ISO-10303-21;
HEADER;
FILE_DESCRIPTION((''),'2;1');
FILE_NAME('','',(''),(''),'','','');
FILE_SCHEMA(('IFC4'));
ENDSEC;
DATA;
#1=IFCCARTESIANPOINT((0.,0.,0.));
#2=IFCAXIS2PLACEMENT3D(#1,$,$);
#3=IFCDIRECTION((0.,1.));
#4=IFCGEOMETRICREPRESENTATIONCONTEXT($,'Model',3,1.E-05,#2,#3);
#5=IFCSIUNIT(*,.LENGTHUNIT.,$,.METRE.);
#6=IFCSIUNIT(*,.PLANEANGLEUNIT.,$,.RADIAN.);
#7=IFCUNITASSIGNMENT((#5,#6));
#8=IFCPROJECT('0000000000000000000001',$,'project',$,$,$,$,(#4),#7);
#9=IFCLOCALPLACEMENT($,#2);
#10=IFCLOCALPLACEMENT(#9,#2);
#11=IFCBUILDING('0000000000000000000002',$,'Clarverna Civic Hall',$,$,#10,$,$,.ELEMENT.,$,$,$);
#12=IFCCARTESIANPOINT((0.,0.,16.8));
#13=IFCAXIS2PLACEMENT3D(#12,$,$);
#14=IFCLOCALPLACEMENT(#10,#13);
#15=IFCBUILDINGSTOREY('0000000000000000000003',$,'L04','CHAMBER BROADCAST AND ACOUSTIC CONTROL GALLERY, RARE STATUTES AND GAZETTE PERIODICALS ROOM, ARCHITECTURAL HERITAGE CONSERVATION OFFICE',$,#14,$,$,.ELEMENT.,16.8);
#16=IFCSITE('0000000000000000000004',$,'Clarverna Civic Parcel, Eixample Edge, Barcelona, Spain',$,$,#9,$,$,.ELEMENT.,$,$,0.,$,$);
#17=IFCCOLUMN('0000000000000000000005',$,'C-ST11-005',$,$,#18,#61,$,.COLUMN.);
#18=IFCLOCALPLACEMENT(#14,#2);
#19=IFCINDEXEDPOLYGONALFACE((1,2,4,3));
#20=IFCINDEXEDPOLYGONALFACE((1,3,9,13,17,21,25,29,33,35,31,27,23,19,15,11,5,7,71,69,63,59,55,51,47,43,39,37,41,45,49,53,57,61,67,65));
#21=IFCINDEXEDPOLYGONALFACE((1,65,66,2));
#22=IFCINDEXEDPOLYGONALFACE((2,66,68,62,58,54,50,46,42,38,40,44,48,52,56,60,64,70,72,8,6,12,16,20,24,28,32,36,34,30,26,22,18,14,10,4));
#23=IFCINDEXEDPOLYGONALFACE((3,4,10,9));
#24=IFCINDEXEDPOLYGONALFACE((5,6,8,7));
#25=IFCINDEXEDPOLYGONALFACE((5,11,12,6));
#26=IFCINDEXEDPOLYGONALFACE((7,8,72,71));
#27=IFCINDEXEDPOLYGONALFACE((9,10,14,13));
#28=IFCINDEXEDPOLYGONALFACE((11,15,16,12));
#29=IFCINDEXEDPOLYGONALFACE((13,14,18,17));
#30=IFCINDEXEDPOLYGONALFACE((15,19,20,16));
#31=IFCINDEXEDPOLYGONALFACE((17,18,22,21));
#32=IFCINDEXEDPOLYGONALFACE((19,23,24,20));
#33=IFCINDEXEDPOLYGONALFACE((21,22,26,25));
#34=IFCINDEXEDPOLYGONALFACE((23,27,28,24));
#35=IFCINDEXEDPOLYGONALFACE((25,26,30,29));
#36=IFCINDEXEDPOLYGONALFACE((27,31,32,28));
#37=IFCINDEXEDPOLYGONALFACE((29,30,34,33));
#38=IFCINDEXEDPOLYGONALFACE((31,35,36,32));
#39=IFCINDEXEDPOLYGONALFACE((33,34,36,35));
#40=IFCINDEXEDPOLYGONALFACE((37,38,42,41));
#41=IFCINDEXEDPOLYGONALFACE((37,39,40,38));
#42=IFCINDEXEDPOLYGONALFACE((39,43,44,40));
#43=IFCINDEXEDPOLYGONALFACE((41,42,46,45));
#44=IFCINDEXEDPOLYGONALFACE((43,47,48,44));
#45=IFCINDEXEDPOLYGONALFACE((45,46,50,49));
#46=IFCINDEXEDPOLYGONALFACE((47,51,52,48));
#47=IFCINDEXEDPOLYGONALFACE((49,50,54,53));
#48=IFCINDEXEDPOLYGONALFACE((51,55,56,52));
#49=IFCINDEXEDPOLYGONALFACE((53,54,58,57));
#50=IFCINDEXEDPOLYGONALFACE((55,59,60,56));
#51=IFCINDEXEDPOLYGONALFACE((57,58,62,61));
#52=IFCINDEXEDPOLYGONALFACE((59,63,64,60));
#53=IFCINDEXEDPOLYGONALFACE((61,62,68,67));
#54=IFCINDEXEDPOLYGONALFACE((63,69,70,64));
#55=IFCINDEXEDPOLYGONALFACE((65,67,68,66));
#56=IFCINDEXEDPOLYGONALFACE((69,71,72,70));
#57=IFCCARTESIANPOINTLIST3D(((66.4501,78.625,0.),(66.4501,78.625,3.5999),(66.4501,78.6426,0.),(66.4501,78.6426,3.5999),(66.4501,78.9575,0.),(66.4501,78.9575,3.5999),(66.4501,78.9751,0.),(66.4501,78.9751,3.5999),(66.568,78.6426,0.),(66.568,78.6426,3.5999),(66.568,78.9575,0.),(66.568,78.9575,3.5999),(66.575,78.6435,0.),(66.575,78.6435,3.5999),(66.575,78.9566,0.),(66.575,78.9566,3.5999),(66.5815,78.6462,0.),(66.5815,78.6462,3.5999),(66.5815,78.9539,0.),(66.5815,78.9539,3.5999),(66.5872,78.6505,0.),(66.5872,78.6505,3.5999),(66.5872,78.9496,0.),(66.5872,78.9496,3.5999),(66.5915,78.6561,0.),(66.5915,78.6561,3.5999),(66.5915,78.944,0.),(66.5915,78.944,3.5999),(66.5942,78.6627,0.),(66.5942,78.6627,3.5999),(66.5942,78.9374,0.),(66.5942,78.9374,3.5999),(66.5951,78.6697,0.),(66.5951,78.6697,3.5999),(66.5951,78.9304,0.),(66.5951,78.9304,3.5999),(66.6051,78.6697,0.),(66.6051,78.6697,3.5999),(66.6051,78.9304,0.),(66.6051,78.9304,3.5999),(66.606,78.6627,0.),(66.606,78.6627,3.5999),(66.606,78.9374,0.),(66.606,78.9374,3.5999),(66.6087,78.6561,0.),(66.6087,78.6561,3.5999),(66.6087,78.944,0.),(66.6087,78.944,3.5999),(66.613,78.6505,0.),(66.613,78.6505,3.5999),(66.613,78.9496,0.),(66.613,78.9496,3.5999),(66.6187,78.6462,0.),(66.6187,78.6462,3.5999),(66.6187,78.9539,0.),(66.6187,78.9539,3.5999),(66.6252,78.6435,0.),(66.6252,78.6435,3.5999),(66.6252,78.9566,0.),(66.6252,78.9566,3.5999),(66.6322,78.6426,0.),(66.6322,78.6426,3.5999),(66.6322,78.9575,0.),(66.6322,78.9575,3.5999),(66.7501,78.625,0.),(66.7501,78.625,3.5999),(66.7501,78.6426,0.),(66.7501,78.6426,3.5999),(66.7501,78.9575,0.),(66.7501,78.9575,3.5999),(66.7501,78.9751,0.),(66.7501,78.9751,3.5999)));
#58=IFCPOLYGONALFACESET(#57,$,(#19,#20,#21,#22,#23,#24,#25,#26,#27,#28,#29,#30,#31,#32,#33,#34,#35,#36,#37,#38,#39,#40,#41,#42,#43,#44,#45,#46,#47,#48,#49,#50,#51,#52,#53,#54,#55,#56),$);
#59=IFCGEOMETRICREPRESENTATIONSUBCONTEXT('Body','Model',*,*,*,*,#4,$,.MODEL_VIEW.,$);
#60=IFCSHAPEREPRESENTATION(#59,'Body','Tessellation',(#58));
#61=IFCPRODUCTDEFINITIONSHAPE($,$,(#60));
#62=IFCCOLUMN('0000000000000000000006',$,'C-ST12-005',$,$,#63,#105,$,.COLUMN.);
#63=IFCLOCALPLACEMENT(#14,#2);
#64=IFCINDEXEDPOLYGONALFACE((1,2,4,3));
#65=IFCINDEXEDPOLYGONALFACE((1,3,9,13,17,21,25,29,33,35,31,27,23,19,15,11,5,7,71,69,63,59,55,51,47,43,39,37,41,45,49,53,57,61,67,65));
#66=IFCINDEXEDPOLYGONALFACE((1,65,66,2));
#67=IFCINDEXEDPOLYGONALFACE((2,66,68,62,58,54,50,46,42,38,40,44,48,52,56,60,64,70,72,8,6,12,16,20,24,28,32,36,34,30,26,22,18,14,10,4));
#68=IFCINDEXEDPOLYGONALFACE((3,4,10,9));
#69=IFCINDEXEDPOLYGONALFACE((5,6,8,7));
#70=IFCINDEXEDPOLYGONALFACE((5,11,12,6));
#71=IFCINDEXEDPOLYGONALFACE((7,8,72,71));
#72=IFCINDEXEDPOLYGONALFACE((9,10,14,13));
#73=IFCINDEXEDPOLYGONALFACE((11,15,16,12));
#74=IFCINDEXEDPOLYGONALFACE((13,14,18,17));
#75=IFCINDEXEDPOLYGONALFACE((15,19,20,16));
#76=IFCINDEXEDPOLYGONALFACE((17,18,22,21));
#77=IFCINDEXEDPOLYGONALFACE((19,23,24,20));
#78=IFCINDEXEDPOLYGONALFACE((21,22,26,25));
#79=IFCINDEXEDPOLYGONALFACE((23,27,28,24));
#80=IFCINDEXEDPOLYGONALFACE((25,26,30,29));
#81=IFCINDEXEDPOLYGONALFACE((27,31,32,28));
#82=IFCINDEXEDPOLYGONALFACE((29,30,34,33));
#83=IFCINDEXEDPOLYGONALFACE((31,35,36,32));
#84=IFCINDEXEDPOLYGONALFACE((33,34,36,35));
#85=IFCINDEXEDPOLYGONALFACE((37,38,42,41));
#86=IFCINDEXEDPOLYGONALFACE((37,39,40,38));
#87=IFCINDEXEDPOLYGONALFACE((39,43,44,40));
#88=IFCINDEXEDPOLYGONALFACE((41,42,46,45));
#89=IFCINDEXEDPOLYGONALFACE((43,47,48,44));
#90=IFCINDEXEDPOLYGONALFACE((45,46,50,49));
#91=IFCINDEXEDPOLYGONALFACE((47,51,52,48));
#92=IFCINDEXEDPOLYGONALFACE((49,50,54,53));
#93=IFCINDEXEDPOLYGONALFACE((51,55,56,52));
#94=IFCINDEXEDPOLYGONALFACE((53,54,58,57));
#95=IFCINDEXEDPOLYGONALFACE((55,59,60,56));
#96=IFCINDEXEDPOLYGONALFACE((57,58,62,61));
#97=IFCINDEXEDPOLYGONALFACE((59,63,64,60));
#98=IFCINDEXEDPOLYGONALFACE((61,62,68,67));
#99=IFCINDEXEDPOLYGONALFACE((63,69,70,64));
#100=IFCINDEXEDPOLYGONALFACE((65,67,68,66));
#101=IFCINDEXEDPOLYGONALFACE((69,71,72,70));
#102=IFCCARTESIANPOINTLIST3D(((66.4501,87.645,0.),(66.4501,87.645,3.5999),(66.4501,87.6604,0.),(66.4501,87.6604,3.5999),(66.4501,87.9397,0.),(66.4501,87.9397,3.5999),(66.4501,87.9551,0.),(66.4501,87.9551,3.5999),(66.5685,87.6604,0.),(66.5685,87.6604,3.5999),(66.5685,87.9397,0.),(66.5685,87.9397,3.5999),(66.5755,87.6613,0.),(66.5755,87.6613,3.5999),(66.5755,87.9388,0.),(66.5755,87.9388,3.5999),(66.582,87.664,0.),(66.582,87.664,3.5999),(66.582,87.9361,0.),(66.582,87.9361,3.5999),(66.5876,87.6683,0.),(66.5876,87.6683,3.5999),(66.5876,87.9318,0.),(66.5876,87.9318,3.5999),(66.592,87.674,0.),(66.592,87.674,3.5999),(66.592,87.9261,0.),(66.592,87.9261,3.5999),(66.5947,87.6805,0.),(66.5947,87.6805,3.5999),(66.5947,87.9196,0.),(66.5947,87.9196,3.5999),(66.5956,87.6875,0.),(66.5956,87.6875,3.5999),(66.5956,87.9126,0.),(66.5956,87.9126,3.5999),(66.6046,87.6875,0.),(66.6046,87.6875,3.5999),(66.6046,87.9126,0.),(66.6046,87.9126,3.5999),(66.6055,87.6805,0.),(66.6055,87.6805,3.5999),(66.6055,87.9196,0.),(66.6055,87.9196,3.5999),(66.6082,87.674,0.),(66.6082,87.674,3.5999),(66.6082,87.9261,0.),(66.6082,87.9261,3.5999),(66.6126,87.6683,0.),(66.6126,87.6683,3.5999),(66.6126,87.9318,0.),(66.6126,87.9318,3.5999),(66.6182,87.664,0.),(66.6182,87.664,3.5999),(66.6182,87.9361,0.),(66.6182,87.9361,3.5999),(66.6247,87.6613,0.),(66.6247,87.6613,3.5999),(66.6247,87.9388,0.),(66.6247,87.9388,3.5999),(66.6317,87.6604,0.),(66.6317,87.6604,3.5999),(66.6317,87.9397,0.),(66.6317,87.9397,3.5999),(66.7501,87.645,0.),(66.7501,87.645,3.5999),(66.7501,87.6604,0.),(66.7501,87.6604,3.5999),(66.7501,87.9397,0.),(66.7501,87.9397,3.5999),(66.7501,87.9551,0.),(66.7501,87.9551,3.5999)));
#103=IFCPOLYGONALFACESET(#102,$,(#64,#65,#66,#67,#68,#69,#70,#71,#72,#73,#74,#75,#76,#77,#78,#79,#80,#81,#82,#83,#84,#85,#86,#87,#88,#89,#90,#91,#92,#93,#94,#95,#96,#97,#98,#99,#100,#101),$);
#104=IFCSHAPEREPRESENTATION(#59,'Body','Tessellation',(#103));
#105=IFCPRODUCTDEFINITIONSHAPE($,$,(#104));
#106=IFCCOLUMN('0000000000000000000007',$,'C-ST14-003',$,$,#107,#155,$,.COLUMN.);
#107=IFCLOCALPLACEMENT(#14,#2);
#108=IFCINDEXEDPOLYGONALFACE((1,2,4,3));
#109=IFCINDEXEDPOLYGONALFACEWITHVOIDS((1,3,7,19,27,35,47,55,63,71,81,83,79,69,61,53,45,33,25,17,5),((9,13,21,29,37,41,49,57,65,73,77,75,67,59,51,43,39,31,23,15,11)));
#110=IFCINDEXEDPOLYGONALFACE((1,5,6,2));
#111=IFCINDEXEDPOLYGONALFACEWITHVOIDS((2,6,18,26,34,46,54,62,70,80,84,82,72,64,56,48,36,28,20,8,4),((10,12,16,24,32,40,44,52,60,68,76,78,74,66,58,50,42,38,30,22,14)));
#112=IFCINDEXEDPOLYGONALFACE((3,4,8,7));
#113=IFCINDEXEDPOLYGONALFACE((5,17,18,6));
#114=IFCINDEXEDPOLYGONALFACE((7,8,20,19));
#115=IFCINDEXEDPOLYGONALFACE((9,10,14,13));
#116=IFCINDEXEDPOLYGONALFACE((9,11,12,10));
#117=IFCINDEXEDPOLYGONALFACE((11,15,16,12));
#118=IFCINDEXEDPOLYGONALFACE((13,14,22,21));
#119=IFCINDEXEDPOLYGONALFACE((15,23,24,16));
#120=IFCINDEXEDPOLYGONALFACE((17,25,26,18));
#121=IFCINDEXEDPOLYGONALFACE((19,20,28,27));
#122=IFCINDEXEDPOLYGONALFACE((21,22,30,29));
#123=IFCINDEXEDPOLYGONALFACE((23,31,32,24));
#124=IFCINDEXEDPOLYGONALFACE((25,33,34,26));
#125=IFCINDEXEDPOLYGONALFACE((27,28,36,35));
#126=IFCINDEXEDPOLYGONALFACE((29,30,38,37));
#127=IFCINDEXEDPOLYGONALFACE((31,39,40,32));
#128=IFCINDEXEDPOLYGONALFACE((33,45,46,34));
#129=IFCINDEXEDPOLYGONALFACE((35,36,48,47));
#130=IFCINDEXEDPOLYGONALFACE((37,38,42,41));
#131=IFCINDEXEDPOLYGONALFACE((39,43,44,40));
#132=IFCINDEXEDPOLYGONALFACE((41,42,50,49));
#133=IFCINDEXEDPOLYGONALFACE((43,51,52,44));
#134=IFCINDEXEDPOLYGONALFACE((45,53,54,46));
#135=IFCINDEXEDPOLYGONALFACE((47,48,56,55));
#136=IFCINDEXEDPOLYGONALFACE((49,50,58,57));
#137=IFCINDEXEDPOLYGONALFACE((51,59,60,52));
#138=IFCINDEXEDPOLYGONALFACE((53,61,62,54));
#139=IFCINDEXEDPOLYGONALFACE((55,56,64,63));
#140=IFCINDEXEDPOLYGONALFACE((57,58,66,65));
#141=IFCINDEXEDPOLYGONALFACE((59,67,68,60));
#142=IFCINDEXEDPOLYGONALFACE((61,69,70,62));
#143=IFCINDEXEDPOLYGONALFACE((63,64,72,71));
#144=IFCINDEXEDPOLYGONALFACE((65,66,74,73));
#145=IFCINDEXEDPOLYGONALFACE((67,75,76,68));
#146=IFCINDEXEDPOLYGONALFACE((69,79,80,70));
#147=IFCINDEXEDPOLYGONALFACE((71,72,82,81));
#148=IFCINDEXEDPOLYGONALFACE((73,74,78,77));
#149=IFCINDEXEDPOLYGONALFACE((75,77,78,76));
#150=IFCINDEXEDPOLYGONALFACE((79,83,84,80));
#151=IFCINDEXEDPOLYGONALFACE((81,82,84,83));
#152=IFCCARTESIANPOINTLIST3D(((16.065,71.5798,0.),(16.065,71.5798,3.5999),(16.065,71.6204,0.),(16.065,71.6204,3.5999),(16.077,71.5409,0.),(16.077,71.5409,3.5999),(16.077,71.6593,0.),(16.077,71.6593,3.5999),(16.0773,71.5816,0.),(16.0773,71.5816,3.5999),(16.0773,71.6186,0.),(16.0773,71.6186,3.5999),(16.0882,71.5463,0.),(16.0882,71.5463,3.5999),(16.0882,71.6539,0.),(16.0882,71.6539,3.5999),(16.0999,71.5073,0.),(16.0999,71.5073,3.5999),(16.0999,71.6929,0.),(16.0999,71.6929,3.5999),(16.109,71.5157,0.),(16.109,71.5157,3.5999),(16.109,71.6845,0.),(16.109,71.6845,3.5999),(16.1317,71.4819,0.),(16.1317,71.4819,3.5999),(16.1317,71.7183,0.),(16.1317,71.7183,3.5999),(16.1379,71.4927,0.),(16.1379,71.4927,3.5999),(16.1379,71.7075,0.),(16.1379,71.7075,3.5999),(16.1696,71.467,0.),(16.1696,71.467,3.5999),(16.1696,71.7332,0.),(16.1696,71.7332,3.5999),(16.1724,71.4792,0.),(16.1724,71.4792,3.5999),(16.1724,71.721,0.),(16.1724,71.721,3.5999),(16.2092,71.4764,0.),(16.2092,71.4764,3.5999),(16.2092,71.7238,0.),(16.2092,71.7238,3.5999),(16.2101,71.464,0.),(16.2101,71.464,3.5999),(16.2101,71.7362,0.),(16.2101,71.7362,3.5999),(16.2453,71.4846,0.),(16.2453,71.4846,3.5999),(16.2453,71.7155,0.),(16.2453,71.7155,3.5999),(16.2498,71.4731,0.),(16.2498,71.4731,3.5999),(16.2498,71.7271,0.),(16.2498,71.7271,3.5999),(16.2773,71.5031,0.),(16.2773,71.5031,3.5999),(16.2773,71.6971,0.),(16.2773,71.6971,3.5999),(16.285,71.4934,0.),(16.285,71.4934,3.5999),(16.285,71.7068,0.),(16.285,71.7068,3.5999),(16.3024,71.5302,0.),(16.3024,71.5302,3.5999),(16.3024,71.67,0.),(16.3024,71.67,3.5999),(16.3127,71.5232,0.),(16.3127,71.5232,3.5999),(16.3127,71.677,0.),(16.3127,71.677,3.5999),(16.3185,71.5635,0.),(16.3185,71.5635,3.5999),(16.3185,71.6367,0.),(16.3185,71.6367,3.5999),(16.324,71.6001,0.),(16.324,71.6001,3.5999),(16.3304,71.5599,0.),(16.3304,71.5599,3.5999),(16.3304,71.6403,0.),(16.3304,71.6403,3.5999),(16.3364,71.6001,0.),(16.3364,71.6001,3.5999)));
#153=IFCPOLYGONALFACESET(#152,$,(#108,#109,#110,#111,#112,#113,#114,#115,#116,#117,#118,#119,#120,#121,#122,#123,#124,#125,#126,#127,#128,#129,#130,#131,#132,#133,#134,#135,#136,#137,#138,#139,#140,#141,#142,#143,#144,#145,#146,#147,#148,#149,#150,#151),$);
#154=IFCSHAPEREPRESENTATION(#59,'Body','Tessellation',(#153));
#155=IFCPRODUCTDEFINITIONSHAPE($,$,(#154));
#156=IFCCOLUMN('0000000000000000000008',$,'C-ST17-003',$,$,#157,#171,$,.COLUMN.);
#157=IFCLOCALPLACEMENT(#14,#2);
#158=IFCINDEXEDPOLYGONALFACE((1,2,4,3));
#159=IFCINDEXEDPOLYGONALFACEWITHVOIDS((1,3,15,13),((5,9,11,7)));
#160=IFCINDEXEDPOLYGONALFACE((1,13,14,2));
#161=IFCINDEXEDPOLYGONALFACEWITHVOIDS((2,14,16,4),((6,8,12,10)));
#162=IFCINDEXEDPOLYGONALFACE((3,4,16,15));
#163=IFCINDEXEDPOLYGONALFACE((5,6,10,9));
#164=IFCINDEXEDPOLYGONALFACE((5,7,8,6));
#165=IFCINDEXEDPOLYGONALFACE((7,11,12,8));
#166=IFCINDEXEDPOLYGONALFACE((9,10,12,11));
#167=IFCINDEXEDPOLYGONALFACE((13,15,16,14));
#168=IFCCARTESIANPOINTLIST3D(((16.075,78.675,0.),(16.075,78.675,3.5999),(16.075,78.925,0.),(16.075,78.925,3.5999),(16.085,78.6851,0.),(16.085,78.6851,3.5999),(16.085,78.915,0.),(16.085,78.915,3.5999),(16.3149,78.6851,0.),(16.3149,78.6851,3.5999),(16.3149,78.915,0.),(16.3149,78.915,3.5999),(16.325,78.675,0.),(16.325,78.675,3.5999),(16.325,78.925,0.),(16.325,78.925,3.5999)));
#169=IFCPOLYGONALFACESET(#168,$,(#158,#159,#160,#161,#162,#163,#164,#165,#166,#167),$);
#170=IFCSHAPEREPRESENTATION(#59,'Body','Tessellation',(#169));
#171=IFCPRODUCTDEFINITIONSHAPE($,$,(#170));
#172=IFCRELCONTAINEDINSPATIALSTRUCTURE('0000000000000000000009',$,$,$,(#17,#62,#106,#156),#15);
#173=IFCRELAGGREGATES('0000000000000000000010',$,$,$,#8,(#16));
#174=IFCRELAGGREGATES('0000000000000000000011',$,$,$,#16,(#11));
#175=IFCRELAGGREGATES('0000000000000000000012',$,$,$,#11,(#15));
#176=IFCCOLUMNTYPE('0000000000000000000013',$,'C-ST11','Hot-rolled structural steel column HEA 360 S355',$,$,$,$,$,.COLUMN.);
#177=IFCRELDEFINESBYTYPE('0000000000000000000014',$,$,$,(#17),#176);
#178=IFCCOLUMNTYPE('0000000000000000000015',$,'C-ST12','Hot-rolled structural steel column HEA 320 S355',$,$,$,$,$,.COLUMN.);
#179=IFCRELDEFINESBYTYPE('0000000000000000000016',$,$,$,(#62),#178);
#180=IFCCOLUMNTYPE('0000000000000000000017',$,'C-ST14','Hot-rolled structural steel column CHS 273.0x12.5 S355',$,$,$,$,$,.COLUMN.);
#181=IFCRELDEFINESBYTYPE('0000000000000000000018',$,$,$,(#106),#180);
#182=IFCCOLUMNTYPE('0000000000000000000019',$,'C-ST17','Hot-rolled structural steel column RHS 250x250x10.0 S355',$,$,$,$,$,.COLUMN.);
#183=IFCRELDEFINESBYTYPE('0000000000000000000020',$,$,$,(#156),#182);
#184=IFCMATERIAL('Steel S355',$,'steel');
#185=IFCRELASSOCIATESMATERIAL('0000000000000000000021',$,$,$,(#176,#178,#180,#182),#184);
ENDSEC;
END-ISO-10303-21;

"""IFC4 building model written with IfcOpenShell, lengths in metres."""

from ifc_helpers import new_model, si_unit, direction, frame, origin, origin_2d, place, context, subcontext, project, spatial, hollow_rectangle, hollow_circle, i_section, extrude, material, material_profile, profile_set, type_object, element, save


model = new_model("IFC4")

# Units and contexts
model_context = context("Model", 3, precision=1e-05, world=origin(), true_north=direction((0.0, 1.0)))
body_context = subcontext(model_context, "Body", "Model", "MODEL_VIEW")
ifc_project = project(units=[si_unit("LENGTHUNIT", "METRE"), si_unit("PLANEANGLEUNIT", "RADIAN")], contexts=[model_context])

# Site, building, storey
site_placement = place(None, origin())
site = spatial("IfcSite", under=ifc_project, at=site_placement, Name="Clarverna Civic Parcel, Eixample Edge, Barcelona, Spain", CompositionType="ELEMENT", RefElevation=0.0)
building_placement = place(site_placement, origin())
building = spatial("IfcBuilding", under=site, at=building_placement, Name="Clarverna Civic Hall", CompositionType="ELEMENT")
storey_placement = place(building_placement, frame((0.0, 0.0, 16.8)))
storey = spatial("IfcBuildingStorey", under=building, at=storey_placement, Name="L04", Description="CHAMBER BROADCAST AND ACOUSTIC CONTROL GALLERY, RARE STATUTES AND GAZETTE PERIODICALS ROOM, ARCHITECTURAL HERITAGE CONSERVATION OFFICE", CompositionType="ELEMENT", Elevation=16.8)

# Columns
ifc_material_1 = material(Name="Steel S355", Category="steel")
ifc_material_profile_1 = material_profile(ifc_material_1, i_section(OverallWidth=0.3, OverallDepth=0.3501, WebThickness=0.01, FlangeThickness=0.0176, FilletRadius=0.0271, at=origin_2d()), Name="HEA 360")
ifc_profile_set_1 = profile_set([ifc_material_profile_1], Name="Steel S355")
column_type_1 = type_object("IfcColumnType", Name="C-ST11", Description="Hot-rolled structural steel column HEA 360 S355", PredefinedType="COLUMN", material=ifc_profile_set_1)
column_1_placement = place(storey_placement, frame((66.6001, 78.8, 0.0), z_axis=(0.0, 0.0, 1.0), x_axis=(1.0, 0.0, 0.0)))
element("IfcColumn", 1, at=column_1_placement, inside=storey, type_object=column_type_1, Name="C-ST11-005", PredefinedType="COLUMN", context=body_context, shape_type="SweptSolid", body=[
    extrude(i_section(OverallWidth=0.3, OverallDepth=0.3501, WebThickness=0.01, FlangeThickness=0.0176, FilletRadius=0.0271, at=origin_2d()), origin(), (0.0, 0.0, 1.0), 3.5999),
])
ifc_material_profile_2 = material_profile(ifc_material_1, i_section(OverallWidth=0.3, OverallDepth=0.3101, WebThickness=0.009, FlangeThickness=0.0154, FilletRadius=0.0271, at=origin_2d()), Name="HEA 320")
ifc_profile_set_2 = profile_set([ifc_material_profile_2], Name="Steel S355")
column_type_2 = type_object("IfcColumnType", Name="C-ST12", Description="Hot-rolled structural steel column HEA 320 S355", PredefinedType="COLUMN", material=ifc_profile_set_2)
column_2_placement = place(storey_placement, frame((66.6001, 87.8, 0.0), z_axis=(0.0, 0.0, 1.0), x_axis=(1.0, 0.0, 0.0)))
element("IfcColumn", 2, at=column_2_placement, inside=storey, type_object=column_type_2, Name="C-ST12-005", PredefinedType="COLUMN", context=body_context, shape_type="SweptSolid", body=[
    extrude(i_section(OverallWidth=0.3, OverallDepth=0.3101, WebThickness=0.009, FlangeThickness=0.0154, FilletRadius=0.0271, at=origin_2d()), origin(), (0.0, 0.0, 1.0), 3.5999),
])
ifc_material_profile_3 = material_profile(ifc_material_1, hollow_circle(Radius=0.1365, WallThickness=0.0125, at=origin_2d()), Name="CHS 273.0x12.5")
ifc_profile_set_3 = profile_set([ifc_material_profile_3], Name="Steel S355")
column_type_3 = type_object("IfcColumnType", Name="C-ST14", Description="Hot-rolled structural steel column CHS 273.0x12.5 S355", PredefinedType="COLUMN", material=ifc_profile_set_3)
column_3_placement = place(storey_placement, frame((16.2, 71.6001, 0.0), z_axis=(0.0, 0.0, 1.0), x_axis=(1.0, 0.0, 0.0)))
element("IfcColumn", 3, at=column_3_placement, inside=storey, type_object=column_type_3, Name="C-ST14-003", PredefinedType="COLUMN", context=body_context, shape_type="SweptSolid", body=[
    extrude(hollow_circle(Radius=0.1365, WallThickness=0.0125, at=origin_2d()), origin(), (0.0, 0.0, 1.0), 3.5999),
])
ifc_material_profile_4 = material_profile(ifc_material_1, hollow_rectangle(XDim=0.25, YDim=0.25, WallThickness=0.01, at=origin_2d()), Name="RHS 250x250x10.0")
ifc_profile_set_4 = profile_set([ifc_material_profile_4], Name="Steel S355")
column_type_4 = type_object("IfcColumnType", Name="C-ST17", Description="Hot-rolled structural steel column RHS 250x250x10.0 S355", PredefinedType="COLUMN", material=ifc_profile_set_4)
column_4_placement = place(storey_placement, frame((16.2, 78.8, 0.0), z_axis=(0.0, 0.0, 1.0), x_axis=(1.0, 0.0, 0.0)))
element("IfcColumn", 4, at=column_4_placement, inside=storey, type_object=column_type_4, Name="C-ST17-003", PredefinedType="COLUMN", context=body_context, shape_type="SweptSolid", body=[
    extrude(hollow_rectangle(XDim=0.25, YDim=0.25, WallThickness=0.01, at=origin_2d()), origin(), (0.0, 0.0, 1.0), 3.5999),
])

save(model, "model.ifc")
